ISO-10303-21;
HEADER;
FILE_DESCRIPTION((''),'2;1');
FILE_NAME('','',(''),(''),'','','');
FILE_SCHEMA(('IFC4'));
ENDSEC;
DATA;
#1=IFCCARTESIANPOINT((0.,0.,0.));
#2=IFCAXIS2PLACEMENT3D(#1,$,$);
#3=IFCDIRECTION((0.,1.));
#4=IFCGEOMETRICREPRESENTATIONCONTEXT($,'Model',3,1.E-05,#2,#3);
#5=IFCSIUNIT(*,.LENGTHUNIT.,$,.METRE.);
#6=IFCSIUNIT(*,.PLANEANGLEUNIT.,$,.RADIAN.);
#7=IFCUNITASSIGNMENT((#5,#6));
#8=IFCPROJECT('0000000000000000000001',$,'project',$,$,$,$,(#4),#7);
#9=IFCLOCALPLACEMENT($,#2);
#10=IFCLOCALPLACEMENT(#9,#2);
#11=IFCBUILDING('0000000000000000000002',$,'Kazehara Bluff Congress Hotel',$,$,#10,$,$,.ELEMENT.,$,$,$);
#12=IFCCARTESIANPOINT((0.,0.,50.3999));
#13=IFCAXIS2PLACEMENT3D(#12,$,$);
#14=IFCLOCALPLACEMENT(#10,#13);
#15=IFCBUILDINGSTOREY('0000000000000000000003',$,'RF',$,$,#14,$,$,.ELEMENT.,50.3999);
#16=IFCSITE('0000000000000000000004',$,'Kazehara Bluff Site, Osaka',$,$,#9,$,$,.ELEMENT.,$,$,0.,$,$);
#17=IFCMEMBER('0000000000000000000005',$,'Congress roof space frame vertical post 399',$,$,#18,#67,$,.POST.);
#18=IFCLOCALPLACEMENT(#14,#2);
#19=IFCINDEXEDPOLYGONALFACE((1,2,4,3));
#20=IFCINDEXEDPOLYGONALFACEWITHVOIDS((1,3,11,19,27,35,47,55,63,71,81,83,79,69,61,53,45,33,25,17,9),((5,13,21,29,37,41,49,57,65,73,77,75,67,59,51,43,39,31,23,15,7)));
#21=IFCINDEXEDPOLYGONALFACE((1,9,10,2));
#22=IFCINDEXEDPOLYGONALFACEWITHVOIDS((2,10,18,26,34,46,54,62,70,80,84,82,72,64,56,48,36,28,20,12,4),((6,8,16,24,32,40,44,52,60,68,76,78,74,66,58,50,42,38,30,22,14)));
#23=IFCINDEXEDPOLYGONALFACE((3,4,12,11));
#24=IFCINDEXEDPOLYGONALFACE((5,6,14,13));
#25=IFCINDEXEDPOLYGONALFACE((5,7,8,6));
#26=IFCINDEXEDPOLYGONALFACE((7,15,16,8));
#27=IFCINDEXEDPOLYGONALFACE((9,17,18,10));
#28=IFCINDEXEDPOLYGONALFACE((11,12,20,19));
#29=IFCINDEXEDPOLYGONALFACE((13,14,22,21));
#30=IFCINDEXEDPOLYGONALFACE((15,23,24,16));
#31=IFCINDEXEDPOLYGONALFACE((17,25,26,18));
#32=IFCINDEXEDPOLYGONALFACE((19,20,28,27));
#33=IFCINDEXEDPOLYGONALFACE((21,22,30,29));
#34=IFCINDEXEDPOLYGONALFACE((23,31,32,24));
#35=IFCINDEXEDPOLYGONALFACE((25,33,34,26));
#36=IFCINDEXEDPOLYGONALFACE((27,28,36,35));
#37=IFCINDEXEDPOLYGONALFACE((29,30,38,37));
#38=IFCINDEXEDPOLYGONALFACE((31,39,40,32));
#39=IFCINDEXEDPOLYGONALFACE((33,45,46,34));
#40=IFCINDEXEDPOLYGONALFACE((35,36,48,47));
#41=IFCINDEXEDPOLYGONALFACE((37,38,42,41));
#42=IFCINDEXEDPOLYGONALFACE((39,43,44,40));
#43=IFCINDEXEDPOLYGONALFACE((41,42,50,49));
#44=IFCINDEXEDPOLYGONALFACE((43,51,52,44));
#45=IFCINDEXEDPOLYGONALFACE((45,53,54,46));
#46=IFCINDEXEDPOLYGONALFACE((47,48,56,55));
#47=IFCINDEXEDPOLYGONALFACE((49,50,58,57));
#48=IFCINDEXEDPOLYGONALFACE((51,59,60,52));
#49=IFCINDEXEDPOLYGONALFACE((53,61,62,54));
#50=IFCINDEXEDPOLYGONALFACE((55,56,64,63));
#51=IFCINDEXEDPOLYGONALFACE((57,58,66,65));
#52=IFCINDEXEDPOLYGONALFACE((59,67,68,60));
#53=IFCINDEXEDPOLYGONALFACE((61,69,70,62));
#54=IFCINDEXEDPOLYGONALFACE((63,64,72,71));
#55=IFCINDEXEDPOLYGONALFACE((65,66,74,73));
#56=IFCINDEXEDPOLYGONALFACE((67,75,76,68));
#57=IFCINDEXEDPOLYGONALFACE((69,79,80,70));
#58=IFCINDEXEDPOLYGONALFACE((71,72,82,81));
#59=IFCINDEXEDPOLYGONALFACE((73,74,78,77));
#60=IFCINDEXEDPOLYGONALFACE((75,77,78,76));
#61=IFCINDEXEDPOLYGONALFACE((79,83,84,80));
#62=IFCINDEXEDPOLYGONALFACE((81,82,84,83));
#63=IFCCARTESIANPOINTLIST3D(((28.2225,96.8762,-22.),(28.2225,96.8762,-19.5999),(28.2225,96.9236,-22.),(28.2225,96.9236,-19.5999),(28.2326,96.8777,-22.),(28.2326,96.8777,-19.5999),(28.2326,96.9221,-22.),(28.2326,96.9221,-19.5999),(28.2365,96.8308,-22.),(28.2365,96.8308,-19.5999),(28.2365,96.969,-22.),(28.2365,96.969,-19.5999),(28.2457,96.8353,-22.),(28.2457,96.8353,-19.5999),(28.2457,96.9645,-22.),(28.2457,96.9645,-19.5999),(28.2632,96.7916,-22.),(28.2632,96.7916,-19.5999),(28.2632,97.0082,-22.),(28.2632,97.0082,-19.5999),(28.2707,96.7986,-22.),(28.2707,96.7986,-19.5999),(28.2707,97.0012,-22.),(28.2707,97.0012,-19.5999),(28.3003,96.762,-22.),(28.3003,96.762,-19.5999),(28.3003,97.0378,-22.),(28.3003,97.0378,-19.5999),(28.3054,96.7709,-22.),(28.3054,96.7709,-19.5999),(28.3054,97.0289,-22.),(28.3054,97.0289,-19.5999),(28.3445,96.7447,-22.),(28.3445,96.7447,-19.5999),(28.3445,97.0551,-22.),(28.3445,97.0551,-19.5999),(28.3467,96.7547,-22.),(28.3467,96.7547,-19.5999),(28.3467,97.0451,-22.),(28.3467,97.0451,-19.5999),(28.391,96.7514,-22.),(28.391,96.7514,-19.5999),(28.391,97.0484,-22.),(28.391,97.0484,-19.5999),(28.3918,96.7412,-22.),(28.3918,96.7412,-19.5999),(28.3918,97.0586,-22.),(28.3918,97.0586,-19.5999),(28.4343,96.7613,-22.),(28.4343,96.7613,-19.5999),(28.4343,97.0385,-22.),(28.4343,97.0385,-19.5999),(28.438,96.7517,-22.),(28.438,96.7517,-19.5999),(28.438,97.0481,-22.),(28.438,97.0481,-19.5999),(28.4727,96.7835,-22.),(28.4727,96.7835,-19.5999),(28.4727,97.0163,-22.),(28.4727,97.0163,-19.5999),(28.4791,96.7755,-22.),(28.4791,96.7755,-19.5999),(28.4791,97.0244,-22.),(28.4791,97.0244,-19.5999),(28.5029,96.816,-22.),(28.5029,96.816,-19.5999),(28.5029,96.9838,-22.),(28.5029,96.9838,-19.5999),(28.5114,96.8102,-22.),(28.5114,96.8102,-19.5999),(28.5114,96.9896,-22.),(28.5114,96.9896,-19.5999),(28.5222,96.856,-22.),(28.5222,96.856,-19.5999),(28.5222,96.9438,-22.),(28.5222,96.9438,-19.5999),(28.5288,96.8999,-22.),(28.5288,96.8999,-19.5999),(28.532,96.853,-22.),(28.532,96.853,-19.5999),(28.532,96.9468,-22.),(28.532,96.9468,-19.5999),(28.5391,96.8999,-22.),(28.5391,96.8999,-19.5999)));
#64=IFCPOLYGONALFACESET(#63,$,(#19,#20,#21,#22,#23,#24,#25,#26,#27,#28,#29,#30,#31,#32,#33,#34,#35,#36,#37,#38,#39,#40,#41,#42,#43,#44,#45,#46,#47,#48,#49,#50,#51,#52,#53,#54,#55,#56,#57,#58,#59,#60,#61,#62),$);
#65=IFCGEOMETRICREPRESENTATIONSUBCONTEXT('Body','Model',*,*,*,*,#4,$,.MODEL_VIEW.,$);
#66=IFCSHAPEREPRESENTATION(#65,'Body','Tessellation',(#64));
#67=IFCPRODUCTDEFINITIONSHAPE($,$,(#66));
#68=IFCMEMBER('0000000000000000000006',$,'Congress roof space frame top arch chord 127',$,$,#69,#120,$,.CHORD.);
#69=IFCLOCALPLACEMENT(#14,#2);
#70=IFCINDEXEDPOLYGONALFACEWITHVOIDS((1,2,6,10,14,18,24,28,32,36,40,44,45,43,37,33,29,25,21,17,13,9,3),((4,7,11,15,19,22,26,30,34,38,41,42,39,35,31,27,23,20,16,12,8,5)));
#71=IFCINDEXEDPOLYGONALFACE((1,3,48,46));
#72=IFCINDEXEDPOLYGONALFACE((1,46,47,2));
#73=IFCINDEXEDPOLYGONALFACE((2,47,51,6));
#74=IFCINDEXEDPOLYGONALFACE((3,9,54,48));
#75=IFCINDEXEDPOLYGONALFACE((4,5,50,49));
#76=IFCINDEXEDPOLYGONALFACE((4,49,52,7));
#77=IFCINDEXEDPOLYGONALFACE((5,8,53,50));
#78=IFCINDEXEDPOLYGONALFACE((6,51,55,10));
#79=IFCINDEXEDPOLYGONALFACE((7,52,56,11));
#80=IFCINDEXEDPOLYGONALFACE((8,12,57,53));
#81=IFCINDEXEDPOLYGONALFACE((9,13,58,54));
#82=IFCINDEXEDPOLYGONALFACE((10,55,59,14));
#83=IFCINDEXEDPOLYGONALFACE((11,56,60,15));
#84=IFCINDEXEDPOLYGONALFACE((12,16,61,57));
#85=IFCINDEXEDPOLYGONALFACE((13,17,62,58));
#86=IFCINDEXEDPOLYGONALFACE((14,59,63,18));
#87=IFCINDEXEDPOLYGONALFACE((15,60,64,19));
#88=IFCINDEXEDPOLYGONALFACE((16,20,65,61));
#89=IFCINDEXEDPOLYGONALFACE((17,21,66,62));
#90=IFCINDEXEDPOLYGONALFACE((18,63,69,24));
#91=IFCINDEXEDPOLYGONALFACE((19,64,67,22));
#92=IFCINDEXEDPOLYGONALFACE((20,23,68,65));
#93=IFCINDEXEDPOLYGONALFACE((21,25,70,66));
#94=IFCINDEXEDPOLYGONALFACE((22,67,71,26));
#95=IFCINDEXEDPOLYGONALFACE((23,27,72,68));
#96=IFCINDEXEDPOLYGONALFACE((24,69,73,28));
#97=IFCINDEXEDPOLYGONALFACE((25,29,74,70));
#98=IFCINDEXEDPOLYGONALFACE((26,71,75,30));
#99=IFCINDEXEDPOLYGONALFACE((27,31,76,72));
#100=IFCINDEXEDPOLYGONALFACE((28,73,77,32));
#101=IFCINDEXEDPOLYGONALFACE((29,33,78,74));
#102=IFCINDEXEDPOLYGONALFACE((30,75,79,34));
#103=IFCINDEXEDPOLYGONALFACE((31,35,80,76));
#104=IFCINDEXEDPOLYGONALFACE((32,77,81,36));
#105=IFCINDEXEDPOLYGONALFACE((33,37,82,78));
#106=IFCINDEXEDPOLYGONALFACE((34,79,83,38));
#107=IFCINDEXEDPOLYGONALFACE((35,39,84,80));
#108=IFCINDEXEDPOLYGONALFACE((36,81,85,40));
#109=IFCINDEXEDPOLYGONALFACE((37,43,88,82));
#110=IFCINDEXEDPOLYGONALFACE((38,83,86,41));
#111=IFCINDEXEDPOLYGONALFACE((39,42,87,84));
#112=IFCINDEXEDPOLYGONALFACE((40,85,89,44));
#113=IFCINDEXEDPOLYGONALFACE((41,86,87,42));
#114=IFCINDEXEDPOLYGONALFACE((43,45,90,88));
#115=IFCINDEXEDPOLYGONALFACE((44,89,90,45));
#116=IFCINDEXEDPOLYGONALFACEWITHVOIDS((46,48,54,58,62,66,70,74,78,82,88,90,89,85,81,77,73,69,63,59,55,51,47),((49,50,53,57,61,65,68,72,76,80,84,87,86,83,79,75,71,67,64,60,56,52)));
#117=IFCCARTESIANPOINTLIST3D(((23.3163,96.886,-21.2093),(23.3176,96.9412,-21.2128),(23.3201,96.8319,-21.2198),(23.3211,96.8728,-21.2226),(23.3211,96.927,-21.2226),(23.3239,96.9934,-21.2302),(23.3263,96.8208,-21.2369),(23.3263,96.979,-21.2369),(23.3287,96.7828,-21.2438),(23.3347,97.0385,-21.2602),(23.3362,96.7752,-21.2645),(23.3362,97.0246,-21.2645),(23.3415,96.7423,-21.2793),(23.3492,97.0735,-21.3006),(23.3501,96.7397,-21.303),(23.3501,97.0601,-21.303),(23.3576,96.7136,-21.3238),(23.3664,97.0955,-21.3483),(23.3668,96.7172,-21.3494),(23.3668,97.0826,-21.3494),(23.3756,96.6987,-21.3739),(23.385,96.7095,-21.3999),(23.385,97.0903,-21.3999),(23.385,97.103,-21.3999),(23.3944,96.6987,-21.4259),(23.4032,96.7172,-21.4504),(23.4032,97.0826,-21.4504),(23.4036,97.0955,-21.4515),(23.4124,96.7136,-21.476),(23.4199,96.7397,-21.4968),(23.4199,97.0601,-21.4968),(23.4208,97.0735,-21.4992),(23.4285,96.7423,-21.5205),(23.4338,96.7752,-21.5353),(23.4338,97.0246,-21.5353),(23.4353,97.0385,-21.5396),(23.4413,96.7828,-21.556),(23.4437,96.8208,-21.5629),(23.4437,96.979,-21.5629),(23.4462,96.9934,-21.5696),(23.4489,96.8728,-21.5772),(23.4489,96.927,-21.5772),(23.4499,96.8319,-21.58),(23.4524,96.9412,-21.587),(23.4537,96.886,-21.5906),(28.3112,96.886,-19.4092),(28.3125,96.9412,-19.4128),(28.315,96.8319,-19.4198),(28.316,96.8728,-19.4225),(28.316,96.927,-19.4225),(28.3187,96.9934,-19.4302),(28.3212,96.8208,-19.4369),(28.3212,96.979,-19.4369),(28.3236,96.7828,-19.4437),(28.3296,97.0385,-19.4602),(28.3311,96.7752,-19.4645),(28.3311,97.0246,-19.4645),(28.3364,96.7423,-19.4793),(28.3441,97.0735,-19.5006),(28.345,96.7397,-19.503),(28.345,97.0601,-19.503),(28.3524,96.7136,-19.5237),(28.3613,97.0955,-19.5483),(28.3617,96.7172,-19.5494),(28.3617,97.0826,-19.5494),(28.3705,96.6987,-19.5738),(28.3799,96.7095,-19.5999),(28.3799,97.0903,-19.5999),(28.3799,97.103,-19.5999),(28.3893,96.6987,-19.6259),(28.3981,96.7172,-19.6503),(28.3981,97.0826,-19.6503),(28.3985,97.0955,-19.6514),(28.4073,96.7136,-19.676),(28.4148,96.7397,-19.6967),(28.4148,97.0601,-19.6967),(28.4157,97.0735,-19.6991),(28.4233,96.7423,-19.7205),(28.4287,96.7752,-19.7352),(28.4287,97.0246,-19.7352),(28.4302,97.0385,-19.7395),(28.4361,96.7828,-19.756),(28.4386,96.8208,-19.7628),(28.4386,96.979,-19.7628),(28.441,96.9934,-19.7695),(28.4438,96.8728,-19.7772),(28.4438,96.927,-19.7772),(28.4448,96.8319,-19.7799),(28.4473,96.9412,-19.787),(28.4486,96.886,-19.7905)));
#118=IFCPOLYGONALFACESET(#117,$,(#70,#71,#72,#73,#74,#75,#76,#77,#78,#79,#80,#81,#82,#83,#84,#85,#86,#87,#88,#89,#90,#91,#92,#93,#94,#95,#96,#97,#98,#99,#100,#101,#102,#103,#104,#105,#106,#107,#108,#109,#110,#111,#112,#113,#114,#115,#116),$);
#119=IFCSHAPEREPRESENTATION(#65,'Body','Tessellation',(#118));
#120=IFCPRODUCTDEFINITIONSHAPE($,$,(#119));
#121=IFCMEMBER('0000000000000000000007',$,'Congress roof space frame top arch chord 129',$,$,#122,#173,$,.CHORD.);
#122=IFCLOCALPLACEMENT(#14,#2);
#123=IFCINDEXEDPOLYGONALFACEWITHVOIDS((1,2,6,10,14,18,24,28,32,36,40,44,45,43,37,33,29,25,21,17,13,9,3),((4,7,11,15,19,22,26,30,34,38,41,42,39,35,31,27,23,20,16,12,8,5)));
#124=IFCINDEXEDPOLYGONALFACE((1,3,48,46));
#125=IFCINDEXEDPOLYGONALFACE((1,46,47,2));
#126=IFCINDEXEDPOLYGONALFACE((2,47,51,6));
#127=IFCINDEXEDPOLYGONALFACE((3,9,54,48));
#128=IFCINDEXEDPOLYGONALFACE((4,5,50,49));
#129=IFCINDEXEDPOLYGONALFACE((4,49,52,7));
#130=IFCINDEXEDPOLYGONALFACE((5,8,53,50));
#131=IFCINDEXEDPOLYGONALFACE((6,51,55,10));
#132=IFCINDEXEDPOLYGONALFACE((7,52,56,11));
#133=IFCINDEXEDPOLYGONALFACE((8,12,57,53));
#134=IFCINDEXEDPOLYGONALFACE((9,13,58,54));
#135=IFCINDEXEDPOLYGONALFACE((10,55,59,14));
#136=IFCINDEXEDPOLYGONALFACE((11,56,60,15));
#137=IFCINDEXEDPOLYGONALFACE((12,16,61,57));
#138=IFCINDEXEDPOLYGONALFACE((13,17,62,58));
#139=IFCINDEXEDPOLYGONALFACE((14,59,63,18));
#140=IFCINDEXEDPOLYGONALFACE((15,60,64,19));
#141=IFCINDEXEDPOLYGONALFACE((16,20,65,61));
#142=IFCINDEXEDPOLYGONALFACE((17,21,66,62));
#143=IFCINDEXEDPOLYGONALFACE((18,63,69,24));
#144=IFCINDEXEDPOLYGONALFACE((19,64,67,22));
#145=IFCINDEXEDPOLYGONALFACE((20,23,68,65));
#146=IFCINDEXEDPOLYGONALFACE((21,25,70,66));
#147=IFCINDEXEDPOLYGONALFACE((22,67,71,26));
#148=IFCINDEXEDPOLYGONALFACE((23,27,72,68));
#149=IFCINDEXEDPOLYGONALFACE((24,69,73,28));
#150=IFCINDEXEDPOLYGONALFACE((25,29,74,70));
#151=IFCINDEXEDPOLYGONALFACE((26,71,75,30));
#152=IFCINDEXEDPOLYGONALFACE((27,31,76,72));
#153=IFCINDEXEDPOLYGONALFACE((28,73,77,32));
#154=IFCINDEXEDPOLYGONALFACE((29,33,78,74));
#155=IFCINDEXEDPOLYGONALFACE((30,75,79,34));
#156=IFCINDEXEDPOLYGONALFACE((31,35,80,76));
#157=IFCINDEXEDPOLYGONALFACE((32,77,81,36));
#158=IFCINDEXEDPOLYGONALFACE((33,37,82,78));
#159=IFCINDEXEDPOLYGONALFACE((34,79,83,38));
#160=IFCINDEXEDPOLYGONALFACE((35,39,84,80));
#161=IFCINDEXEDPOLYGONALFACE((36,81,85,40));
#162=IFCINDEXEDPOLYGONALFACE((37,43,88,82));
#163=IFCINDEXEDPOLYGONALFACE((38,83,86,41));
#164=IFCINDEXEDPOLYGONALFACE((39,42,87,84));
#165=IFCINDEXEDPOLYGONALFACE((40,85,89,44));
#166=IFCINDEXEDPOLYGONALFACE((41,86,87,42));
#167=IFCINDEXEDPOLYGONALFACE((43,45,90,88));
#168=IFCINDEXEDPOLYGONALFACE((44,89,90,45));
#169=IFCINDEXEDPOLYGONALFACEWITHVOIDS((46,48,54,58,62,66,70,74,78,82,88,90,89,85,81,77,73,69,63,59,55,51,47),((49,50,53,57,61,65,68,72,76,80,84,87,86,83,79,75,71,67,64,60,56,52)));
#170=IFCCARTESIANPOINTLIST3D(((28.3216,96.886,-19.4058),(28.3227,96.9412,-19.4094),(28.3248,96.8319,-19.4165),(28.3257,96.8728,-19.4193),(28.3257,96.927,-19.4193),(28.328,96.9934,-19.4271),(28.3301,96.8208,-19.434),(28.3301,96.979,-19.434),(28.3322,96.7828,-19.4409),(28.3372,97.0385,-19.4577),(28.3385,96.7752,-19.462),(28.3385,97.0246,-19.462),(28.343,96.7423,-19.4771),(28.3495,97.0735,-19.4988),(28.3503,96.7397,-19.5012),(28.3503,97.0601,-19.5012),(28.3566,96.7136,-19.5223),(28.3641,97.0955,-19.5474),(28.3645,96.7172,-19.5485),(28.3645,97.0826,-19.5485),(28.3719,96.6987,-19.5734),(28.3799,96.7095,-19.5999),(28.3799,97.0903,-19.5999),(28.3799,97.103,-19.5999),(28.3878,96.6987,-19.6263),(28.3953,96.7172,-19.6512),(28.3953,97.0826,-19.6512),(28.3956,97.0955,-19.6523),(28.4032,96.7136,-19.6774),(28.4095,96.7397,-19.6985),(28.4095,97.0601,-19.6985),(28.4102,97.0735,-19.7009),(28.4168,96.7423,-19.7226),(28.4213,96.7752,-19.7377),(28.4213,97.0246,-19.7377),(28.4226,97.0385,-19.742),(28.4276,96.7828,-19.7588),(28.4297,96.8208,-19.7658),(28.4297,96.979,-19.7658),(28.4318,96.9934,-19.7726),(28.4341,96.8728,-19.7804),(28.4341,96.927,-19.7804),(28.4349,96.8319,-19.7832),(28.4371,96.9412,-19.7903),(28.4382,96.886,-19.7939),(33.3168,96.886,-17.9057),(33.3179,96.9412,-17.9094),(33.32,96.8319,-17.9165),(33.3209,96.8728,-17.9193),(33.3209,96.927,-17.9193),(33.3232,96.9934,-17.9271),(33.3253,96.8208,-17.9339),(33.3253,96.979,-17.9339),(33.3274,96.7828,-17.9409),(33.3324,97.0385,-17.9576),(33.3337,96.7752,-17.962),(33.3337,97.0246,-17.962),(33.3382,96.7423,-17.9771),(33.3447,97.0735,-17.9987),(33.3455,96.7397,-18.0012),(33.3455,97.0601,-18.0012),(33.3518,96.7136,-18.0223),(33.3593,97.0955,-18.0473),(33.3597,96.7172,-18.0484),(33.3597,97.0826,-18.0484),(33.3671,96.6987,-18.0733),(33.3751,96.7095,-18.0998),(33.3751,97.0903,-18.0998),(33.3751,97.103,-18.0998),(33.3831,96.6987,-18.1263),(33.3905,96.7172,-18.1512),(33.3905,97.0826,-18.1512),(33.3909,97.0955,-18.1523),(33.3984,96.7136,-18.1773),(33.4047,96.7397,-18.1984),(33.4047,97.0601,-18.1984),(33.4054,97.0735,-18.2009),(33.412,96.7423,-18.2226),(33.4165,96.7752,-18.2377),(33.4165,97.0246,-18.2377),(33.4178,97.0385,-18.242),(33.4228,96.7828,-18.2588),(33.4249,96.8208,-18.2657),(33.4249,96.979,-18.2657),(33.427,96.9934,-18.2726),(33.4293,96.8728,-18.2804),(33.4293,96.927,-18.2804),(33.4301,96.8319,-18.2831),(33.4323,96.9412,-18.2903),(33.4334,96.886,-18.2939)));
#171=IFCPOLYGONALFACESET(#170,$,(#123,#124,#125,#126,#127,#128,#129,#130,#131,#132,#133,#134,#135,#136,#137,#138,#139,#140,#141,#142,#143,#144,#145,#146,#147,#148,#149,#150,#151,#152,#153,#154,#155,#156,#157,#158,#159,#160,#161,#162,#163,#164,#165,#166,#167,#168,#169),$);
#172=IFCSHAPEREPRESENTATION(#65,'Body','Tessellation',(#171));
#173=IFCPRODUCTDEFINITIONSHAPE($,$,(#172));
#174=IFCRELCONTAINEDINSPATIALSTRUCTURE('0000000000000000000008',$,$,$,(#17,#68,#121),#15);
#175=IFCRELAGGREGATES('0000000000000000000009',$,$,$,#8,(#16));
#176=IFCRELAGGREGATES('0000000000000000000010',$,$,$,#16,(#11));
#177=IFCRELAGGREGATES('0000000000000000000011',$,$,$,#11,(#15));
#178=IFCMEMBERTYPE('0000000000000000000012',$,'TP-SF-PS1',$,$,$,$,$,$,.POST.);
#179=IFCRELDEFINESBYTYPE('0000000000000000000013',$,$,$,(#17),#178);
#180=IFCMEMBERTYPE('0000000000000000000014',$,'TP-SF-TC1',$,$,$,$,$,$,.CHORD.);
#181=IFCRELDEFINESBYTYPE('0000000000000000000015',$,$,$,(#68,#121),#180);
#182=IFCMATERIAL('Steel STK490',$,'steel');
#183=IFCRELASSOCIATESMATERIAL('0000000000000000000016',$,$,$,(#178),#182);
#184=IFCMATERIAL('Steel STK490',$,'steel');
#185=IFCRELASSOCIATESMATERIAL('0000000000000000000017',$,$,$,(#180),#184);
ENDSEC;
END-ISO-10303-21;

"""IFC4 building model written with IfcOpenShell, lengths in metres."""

from ifc_helpers import new_model, si_unit, direction, frame, origin, origin_2d, place, context, subcontext, project, spatial, hollow_circle, extrude, material, material_profile, profile_set, type_object, element, save


model = new_model("IFC4")

# Units and contexts
model_context = context("Model", 3, precision=1e-05, world=origin(), true_north=direction((0.0, 1.0)))
body_context = subcontext(model_context, "Body", "Model", "MODEL_VIEW")
ifc_project = project(units=[si_unit("LENGTHUNIT", "METRE"), si_unit("PLANEANGLEUNIT", "RADIAN")], contexts=[model_context])

# Site, building, storey
site_placement = place(None, origin())
site = spatial("IfcSite", under=ifc_project, at=site_placement, Name="Kazehara Bluff Site, Osaka", CompositionType="ELEMENT", RefElevation=0.0)
building_placement = place(site_placement, origin())
building = spatial("IfcBuilding", under=site, at=building_placement, Name="Kazehara Bluff Congress Hotel", CompositionType="ELEMENT")
storey_placement = place(building_placement, frame((0.0, 0.0, 50.3999)))
storey = spatial("IfcBuildingStorey", under=building, at=storey_placement, Name="RF", CompositionType="ELEMENT", Elevation=50.3999)

# Members
ifc_material_1 = material(Name="Steel STK490", Category="steel")
ifc_material_profile_1 = material_profile(ifc_material_1, hollow_circle(Radius=0.1592, WallThickness=0.0103, at=origin_2d()))
ifc_profile_set_1 = profile_set([ifc_material_profile_1], Name="Steel STK490")
member_type_1 = type_object("IfcMemberType", Name="TP-SF-PS1", PredefinedType="POST", material=ifc_profile_set_1)
member_1_placement = place(storey_placement, frame((28.3799, 96.8999, -22.0), z_axis=(0.0, 0.0, 1.0), x_axis=(1.0, 0.0, 0.0)))
element("IfcMember", 1, at=member_1_placement, inside=storey, type_object=member_type_1, Name="Congress roof space frame vertical post 399", PredefinedType="POST", context=body_context, shape_type="SweptSolid", body=[
    extrude(hollow_circle(Radius=0.1592, WallThickness=0.0103, at=origin_2d()), origin(), (0.0, 0.0, 1.0), 2.4001),
])
ifc_material_2 = material(Name="Steel STK490", Category="steel")
ifc_material_profile_2 = material_profile(ifc_material_2, hollow_circle(Radius=0.2031, WallThickness=0.0127, at=origin_2d()))
ifc_profile_set_2 = profile_set([ifc_material_profile_2], Name="Steel STK490")
member_type_2 = type_object("IfcMemberType", Name="TP-SF-TC1", PredefinedType="CHORD", material=ifc_profile_set_2)
member_2_placement = place(storey_placement, frame((23.385, 96.8999, -21.3999), z_axis=(0.940774, 0.0, 0.339035), x_axis=(0.0, 1.0, 0.0)))
element("IfcMember", 2, at=member_2_placement, inside=storey, type_object=member_type_2, Name="Congress roof space frame top arch chord 127", PredefinedType="CHORD", context=body_context, shape_type="SweptSolid", body=[
    extrude(hollow_circle(Radius=0.2031, WallThickness=0.0127, at=origin_2d()), origin(), (0.0, 0.0, 1.0), 5.3093),
])
member_3_placement = place(storey_placement, frame((28.3799, 96.8999, -19.5999), z_axis=(0.957749, 0.0, 0.287606), x_axis=(0.0, 1.0, 0.0)))
element("IfcMember", 3, at=member_3_placement, inside=storey, type_object=member_type_2, Name="Congress roof space frame top arch chord 129", PredefinedType="CHORD", context=body_context, shape_type="SweptSolid", body=[
    extrude(hollow_circle(Radius=0.2031, WallThickness=0.0127, at=origin_2d()), origin(), (0.0, 0.0, 1.0), 5.2156),
])

save(model, "model.ifc")
